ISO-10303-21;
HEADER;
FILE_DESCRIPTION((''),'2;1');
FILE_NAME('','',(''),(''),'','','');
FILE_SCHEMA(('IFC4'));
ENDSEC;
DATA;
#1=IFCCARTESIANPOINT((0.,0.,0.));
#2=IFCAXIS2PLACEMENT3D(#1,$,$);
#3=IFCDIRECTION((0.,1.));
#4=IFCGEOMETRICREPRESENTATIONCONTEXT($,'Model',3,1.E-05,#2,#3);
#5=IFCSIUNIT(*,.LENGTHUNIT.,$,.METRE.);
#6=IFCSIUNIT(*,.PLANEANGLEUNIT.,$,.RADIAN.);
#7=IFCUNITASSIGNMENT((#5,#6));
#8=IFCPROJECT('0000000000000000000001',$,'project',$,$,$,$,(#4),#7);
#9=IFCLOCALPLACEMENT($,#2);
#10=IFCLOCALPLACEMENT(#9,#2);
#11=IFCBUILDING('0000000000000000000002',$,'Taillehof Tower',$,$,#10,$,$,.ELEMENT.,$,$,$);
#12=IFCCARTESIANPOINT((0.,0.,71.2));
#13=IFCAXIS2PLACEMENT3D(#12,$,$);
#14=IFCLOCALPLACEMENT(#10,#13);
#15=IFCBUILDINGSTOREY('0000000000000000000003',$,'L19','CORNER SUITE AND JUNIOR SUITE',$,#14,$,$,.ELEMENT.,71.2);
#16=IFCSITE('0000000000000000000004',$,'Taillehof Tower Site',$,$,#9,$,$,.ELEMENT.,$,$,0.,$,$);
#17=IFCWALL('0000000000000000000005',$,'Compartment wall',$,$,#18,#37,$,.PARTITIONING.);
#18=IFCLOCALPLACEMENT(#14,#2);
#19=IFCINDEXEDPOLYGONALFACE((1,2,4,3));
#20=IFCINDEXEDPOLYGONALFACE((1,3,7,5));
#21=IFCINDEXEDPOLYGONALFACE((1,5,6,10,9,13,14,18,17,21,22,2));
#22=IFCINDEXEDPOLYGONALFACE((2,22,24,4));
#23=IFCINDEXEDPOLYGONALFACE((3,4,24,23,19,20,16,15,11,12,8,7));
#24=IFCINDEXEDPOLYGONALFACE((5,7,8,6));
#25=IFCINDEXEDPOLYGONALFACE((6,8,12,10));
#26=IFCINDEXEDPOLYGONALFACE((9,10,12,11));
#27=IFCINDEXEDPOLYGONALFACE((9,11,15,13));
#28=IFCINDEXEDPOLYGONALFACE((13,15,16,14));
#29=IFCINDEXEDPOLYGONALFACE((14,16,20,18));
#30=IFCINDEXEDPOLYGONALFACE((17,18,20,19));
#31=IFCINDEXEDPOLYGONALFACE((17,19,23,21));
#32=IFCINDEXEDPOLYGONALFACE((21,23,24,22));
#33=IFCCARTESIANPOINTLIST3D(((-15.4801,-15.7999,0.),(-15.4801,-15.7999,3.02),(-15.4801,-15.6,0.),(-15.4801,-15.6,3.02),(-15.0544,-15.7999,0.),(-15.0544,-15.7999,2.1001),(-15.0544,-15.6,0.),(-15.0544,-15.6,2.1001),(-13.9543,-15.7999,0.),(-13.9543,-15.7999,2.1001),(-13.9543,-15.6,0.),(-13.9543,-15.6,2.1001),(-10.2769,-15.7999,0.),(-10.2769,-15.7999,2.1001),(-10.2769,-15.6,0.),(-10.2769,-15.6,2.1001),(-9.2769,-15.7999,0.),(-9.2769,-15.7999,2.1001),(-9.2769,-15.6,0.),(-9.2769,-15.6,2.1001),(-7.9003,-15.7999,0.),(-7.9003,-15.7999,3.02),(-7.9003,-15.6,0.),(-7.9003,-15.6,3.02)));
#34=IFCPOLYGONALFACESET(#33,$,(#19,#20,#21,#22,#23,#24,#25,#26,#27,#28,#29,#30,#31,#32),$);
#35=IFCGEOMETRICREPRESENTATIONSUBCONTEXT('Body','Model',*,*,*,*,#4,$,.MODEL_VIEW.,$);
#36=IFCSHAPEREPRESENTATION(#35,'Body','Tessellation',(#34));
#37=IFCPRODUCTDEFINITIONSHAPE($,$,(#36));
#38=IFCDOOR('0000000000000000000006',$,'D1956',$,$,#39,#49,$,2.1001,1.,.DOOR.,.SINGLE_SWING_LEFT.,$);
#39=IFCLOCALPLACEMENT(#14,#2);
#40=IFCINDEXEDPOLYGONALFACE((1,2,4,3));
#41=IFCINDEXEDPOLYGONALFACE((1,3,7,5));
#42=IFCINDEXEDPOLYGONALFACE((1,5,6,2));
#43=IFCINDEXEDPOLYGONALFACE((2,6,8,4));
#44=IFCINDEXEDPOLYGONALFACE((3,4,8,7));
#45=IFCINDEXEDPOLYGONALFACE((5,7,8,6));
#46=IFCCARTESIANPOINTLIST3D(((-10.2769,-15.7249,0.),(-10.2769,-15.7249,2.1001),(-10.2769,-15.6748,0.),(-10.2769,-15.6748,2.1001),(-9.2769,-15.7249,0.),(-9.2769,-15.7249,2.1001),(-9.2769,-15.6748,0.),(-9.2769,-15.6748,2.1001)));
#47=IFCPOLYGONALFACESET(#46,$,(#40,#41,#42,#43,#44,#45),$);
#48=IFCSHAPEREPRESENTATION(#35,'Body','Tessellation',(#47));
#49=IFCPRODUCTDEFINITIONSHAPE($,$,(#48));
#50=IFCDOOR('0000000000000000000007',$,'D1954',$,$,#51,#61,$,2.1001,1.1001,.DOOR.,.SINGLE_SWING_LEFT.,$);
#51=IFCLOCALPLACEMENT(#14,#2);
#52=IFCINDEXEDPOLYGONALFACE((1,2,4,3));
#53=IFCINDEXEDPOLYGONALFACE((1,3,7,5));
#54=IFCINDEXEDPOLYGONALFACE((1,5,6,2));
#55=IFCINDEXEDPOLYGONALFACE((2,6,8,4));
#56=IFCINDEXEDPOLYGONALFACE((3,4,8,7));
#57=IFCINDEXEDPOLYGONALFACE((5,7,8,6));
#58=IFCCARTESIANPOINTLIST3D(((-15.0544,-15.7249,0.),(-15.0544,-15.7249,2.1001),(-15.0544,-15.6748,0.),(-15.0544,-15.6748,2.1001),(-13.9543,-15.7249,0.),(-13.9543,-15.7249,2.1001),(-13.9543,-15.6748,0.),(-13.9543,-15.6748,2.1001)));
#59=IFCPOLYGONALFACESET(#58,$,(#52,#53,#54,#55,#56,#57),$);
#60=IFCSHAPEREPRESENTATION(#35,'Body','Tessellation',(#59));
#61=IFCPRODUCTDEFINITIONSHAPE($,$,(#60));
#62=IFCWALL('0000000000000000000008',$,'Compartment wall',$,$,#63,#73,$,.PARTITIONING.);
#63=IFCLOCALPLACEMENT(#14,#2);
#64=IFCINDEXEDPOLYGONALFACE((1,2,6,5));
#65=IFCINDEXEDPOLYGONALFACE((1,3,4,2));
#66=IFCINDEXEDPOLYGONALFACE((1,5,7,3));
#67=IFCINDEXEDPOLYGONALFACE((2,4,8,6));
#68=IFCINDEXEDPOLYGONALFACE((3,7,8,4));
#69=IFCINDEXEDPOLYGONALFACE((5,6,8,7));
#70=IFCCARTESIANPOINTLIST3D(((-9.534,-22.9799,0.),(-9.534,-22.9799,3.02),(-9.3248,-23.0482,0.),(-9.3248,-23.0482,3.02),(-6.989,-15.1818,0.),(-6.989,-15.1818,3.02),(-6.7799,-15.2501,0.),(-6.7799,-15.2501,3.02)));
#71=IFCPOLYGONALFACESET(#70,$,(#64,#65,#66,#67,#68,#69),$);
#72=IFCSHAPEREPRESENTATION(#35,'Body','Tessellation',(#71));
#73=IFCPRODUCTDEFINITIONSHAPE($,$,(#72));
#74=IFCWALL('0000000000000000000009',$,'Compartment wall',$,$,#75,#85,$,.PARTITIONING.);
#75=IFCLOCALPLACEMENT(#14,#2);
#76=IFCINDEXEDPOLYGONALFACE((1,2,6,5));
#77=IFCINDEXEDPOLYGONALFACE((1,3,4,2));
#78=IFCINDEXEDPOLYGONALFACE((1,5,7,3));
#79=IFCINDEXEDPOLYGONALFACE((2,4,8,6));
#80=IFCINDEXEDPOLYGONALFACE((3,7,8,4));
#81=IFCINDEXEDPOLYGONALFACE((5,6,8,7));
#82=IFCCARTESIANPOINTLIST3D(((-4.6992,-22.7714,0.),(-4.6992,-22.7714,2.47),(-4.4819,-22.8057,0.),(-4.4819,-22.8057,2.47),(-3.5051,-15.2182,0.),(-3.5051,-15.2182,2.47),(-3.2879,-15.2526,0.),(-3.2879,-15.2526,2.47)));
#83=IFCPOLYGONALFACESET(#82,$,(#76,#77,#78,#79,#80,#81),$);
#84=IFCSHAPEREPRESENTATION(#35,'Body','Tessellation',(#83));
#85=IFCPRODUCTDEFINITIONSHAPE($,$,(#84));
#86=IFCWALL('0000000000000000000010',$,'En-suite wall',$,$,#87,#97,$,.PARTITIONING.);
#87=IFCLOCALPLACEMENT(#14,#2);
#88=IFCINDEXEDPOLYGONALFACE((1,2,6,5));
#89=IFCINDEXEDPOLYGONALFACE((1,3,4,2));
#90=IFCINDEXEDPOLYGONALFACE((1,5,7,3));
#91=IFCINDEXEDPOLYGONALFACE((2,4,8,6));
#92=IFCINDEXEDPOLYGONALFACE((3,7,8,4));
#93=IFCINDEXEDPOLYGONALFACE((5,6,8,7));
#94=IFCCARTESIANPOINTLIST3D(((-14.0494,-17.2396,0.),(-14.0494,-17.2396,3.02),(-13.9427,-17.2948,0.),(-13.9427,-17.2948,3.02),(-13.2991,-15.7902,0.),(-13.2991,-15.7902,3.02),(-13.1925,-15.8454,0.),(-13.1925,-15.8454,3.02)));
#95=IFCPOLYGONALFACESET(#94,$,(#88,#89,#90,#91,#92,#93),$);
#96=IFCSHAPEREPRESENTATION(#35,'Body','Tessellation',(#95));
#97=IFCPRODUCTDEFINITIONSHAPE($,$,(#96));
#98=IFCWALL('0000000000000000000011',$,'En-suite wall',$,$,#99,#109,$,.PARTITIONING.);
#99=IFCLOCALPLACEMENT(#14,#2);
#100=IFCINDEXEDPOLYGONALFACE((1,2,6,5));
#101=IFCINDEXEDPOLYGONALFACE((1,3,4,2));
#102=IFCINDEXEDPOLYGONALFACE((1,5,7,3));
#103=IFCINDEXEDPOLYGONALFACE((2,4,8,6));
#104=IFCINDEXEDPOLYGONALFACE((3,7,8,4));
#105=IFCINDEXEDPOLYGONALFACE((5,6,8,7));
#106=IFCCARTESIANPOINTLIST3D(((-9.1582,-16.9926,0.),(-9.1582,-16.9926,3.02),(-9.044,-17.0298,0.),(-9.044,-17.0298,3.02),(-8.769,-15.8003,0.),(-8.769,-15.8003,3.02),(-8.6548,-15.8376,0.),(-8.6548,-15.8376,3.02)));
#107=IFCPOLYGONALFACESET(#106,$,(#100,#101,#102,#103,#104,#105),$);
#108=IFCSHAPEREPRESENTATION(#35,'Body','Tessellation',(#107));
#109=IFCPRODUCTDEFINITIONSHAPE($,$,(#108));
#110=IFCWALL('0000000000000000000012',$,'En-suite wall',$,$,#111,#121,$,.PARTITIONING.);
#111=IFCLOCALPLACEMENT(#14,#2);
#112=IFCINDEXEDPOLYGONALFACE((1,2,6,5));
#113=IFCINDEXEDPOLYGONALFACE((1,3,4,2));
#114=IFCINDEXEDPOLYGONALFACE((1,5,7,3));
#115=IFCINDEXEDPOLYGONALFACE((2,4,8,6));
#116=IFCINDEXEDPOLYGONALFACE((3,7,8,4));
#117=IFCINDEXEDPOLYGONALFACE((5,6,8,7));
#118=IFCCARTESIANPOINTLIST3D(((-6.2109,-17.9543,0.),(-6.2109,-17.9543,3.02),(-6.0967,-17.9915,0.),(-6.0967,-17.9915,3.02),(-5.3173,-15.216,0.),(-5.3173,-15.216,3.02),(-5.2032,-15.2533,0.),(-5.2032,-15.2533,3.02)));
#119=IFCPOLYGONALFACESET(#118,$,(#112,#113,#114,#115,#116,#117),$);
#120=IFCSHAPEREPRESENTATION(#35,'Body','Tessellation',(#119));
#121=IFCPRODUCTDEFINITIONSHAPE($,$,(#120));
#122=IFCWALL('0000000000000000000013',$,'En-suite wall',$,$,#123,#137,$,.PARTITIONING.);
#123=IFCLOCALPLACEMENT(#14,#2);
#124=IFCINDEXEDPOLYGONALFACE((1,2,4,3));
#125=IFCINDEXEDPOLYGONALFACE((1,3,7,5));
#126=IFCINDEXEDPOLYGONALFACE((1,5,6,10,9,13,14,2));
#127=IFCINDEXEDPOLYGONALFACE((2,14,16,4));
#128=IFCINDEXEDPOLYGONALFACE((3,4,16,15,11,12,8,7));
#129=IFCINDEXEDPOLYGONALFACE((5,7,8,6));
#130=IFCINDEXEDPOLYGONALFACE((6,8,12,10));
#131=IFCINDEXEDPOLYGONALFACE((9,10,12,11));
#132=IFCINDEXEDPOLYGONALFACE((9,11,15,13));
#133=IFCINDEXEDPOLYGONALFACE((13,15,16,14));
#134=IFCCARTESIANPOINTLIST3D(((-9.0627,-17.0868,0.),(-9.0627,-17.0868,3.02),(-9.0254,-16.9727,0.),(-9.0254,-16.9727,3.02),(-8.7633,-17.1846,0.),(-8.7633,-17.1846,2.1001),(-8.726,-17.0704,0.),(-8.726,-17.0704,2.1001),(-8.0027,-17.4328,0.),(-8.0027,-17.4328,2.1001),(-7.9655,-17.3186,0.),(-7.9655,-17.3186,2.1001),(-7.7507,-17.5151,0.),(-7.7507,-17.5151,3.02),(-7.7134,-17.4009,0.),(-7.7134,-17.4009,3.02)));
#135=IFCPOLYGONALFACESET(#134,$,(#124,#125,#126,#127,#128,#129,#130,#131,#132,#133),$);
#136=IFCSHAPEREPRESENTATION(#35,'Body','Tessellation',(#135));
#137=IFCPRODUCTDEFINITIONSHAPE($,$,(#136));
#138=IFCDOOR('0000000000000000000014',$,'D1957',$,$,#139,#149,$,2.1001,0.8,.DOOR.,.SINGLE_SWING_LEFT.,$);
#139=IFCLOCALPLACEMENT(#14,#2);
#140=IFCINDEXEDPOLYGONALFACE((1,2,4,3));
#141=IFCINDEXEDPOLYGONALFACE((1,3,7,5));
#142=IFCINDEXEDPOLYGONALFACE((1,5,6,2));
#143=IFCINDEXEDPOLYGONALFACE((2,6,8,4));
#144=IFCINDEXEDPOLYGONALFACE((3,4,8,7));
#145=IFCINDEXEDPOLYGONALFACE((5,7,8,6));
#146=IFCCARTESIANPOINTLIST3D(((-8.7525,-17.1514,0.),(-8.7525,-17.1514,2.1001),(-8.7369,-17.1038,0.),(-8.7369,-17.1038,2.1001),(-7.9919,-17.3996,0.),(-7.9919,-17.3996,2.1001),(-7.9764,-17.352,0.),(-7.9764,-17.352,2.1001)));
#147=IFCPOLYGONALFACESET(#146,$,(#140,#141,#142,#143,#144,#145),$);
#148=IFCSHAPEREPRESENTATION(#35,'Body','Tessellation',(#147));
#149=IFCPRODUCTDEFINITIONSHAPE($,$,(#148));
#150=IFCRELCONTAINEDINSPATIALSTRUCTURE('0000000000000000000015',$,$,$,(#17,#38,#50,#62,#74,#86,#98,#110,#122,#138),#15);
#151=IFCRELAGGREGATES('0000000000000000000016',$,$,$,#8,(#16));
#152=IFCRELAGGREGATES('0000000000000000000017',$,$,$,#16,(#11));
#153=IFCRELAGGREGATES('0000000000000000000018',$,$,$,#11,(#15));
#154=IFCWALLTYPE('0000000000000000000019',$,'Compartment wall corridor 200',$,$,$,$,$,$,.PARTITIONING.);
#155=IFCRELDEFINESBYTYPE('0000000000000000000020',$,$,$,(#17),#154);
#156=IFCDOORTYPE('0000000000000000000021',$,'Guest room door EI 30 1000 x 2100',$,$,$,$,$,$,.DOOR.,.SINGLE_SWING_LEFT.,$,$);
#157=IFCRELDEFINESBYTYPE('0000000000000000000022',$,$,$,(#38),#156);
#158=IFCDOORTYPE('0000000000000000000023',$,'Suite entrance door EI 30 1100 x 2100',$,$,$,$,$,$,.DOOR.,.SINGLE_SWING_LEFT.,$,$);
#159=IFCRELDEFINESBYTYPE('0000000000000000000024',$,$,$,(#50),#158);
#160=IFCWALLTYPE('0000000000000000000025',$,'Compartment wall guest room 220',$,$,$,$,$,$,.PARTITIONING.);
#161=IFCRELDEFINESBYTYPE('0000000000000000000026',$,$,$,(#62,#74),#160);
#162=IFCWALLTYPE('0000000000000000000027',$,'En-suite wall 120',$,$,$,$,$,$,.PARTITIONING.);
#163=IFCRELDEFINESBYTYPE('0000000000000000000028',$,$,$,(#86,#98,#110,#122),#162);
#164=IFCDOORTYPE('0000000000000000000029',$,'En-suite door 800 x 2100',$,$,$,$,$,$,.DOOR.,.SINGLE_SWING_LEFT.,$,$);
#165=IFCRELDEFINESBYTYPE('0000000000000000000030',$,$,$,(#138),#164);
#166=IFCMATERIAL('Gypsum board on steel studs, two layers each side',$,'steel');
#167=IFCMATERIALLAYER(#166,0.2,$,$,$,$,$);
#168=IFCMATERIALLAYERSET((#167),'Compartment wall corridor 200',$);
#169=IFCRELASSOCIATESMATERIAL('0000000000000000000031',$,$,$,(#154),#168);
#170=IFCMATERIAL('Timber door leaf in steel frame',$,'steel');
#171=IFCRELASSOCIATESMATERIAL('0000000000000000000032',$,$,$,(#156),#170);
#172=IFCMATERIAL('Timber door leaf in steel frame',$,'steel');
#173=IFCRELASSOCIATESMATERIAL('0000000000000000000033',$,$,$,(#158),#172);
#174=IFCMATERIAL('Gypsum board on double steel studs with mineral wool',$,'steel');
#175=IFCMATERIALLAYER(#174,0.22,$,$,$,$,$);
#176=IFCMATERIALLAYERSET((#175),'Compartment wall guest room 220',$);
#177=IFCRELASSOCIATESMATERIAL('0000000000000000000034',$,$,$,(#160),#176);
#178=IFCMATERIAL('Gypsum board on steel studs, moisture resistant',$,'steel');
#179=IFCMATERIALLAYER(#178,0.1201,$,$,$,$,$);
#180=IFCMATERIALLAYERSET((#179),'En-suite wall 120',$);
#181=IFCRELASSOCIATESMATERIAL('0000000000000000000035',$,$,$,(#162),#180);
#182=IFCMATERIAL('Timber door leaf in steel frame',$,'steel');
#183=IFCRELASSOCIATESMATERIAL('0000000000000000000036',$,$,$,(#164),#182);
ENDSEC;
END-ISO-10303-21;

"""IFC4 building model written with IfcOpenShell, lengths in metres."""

from ifc_helpers import new_model, si_unit, direction, frame, frame_2d, origin, place, context, subcontext, project, spatial, rectangle, extrude, material, layer, layer_set, type_object, element, fill, save


model = new_model("IFC4")

# Units and contexts
model_context = context("Model", 3, precision=1e-05, world=origin(), true_north=direction((0.0, 1.0)))
body_context = subcontext(model_context, "Body", "Model", "MODEL_VIEW")
ifc_project = project(units=[si_unit("LENGTHUNIT", "METRE"), si_unit("PLANEANGLEUNIT", "RADIAN")], contexts=[model_context])

# Site, building, storey
site_placement = place(None, origin())
site = spatial("IfcSite", under=ifc_project, at=site_placement, Name="Taillehof Tower Site", CompositionType="ELEMENT", RefElevation=0.0)
building_placement = place(site_placement, origin())
building = spatial("IfcBuilding", under=site, at=building_placement, Name="Taillehof Tower", CompositionType="ELEMENT")
storey_placement = place(building_placement, frame((0.0, 0.0, 71.2)))
storey = spatial("IfcBuildingStorey", under=building, at=storey_placement, Name="L19", Description="CORNER SUITE AND JUNIOR SUITE", CompositionType="ELEMENT", Elevation=71.2)

# Shared definitions
ifc_material_1 = material(Name="Gypsum board on steel studs, two layers each side", Category="steel")
ifc_layer_1 = layer(ifc_material_1, 0.2)
ifc_layer_set_1 = layer_set([ifc_layer_1], Name="Compartment wall corridor 200")
wall_type_1 = type_object("IfcWallType", Name="Compartment wall corridor 200", PredefinedType="PARTITIONING", material=ifc_layer_set_1)

# Wall, openings, doors
wall_1_placement = place(storey_placement, frame((-7.9001, -15.7, 0.0), z_axis=(0.0, 0.0, 1.0), x_axis=(-1.0, 0.0, 0.0)))
wall_1 = element("IfcWall", 1, at=wall_1_placement, inside=storey, type_object=wall_type_1, Name="Compartment wall", PredefinedType="PARTITIONING", context=body_context, shape_type="SweptSolid", body=[
    extrude(rectangle(XDim=7.5798, YDim=0.2, at=frame_2d((3.79, 0.0))), origin(), (0.0, 0.0, 1.0), 3.02),
])
opening_1_placement = place(wall_1_placement, frame((6.0542, 0.0, 0.0)))
opening_1 = element("IfcOpeningElement", 2, at=opening_1_placement, cuts=wall_1, PredefinedType="OPENING", context=body_context, shape_type="SweptSolid", body=[
    extrude(rectangle(XDim=1.1001, YDim=2.1001, at=frame_2d((0.55, 1.05))), frame((0.0, 0.1099, 0.0), z_axis=(0.0, -1.0, 0.0), x_axis=(1.0, 0.0, 0.0)), (0.0, 0.0, 1.0), 0.22),
])
opening_2_placement = place(wall_1_placement, frame((1.3767, 0.0, 0.0)))
opening_2 = element("IfcOpeningElement", 3, at=opening_2_placement, cuts=wall_1, PredefinedType="OPENING", context=body_context, shape_type="SweptSolid", body=[
    extrude(rectangle(XDim=1.0, YDim=2.1001, at=frame_2d((0.5, 1.05))), frame((0.0, 0.1099, 0.0), z_axis=(0.0, -1.0, 0.0), x_axis=(1.0, 0.0, 0.0)), (0.0, 0.0, 1.0), 0.22),
])
ifc_material_2 = material(Name="Timber door leaf in steel frame", Category="steel")
door_type_1 = type_object("IfcDoorType", Name="Guest room door EI 30 1000 x 2100", OperationType="SINGLE_SWING_LEFT", PredefinedType="DOOR", material=ifc_material_2)
door_1_placement = place(opening_2_placement, origin())
door_1 = element("IfcDoor", 4, at=door_1_placement, inside=storey, type_object=door_type_1, Name="D1956", OperationType="SINGLE_SWING_LEFT", OverallHeight=2.1001, OverallWidth=1.0, PredefinedType="DOOR", context=body_context, shape_type="SweptSolid", body=[
    extrude(rectangle(XDim=1.0, YDim=2.1001, at=frame_2d((0.5, 1.05))), frame((0.0, 0.0249, 0.0), z_axis=(0.0, -1.0, 0.0), x_axis=(1.0, 0.0, 0.0)), (0.0, 0.0, 1.0), 0.05),
])
fill(opening_2, door_1)
ifc_material_3 = material(Name="Timber door leaf in steel frame", Category="steel")
door_type_2 = type_object("IfcDoorType", Name="Suite entrance door EI 30 1100 x 2100", OperationType="SINGLE_SWING_LEFT", PredefinedType="DOOR", material=ifc_material_3)
door_2_placement = place(opening_1_placement, origin())
door_2 = element("IfcDoor", 5, at=door_2_placement, inside=storey, type_object=door_type_2, Name="D1954", OperationType="SINGLE_SWING_LEFT", OverallHeight=2.1001, OverallWidth=1.1001, PredefinedType="DOOR", context=body_context, shape_type="SweptSolid", body=[
    extrude(rectangle(XDim=1.1001, YDim=2.1001, at=frame_2d((0.55, 1.05))), frame((0.0, 0.0249, 0.0), z_axis=(0.0, -1.0, 0.0), x_axis=(1.0, 0.0, 0.0)), (0.0, 0.0, 1.0), 0.05),
])
fill(opening_1, door_2)

# Walls
ifc_material_4 = material(Name="Gypsum board on double steel studs with mineral wool", Category="steel")
ifc_layer_2 = layer(ifc_material_4, 0.22)
ifc_layer_set_2 = layer_set([ifc_layer_2], Name="Compartment wall guest room 220")
wall_type_2 = type_object("IfcWallType", Name="Compartment wall guest room 220", PredefinedType="PARTITIONING", material=ifc_layer_set_2)
wall_2_placement = place(storey_placement, frame((-9.4294, -23.0142, 0.0), z_axis=(0.0, 0.0, 1.0), x_axis=(0.310248, 0.950656, 0.0)))
element("IfcWall", 6, at=wall_2_placement, inside=storey, type_object=wall_type_2, Name="Compartment wall", PredefinedType="PARTITIONING", context=body_context, shape_type="SweptSolid", body=[
    extrude(rectangle(XDim=8.2029, YDim=0.22, at=frame_2d((4.1016, 0.0))), origin(), (0.0, 0.0, 1.0), 3.02),
])
wall_3_placement = place(storey_placement, frame((-4.5906, -22.7886, 0.0), z_axis=(0.0, 0.0, 1.0), x_axis=(0.156151, 0.987733, 0.0)))
element("IfcWall", 7, at=wall_3_placement, inside=storey, type_object=wall_type_2, Name="Compartment wall", PredefinedType="PARTITIONING", context=body_context, shape_type="SweptSolid", body=[
    extrude(rectangle(XDim=7.647, YDim=0.22, at=frame_2d((3.8235, 0.0))), origin(), (0.0, 0.0, 1.0), 2.47),
])
ifc_material_5 = material(Name="Gypsum board on steel studs, moisture resistant", Category="steel")
ifc_layer_3 = layer(ifc_material_5, 0.1201)
ifc_layer_set_3 = layer_set([ifc_layer_3], Name="En-suite wall 120")
wall_type_3 = type_object("IfcWallType", Name="En-suite wall 120", PredefinedType="PARTITIONING", material=ifc_layer_set_3)
wall_4_placement = place(storey_placement, frame((-13.2458, -15.8179, 0.0), z_axis=(0.0, 0.0, 1.0), x_axis=(-0.459675, -0.888087, 0.0)))
element("IfcWall", 8, at=wall_4_placement, inside=storey, type_object=wall_type_3, Name="En-suite wall", PredefinedType="PARTITIONING", context=body_context, shape_type="SweptSolid", body=[
    extrude(rectangle(XDim=1.6321, YDim=0.1201, at=frame_2d((0.8159, 0.0))), origin(), (0.0, 0.0, 1.0), 3.02),
])
wall_5_placement = place(storey_placement, frame((-8.7119, -15.8191, 0.0), z_axis=(0.0, 0.0, 1.0), x_axis=(-0.310323, -0.950631, 0.0)))
element("IfcWall", 9, at=wall_5_placement, inside=storey, type_object=wall_type_3, Name="En-suite wall", PredefinedType="PARTITIONING", context=body_context, shape_type="SweptSolid", body=[
    extrude(rectangle(XDim=1.2542, YDim=0.1201, at=frame_2d((0.627, 0.0))), origin(), (0.0, 0.0, 1.0), 3.02),
])
wall_6_placement = place(storey_placement, frame((-5.2603, -15.2346, 0.0), z_axis=(0.0, 0.0, 1.0), x_axis=(-0.31022, -0.950665, 0.0)))
element("IfcWall", 10, at=wall_6_placement, inside=storey, type_object=wall_type_3, Name="En-suite wall", PredefinedType="PARTITIONING", context=body_context, shape_type="SweptSolid", body=[
    extrude(rectangle(XDim=2.8804, YDim=0.1201, at=frame_2d((1.4402, 0.0))), origin(), (0.0, 0.0, 1.0), 3.02),
])

# Wall, opening, door
wall_7_placement = place(storey_placement, frame((-9.0439, -17.0298, 0.0), z_axis=(0.0, 0.0, 1.0), x_axis=(0.950646, -0.310278, 0.0)))
wall_7 = element("IfcWall", 11, at=wall_7_placement, inside=storey, type_object=wall_type_3, Name="En-suite wall", PredefinedType="PARTITIONING", context=body_context, shape_type="SweptSolid", body=[
    extrude(rectangle(XDim=1.3801, YDim=0.1201, at=frame_2d((0.6899, 0.0))), origin(), (0.0, 0.0, 1.0), 3.02),
])
opening_3_placement = place(wall_7_placement, frame((0.3149, 0.0, 0.0)))
opening_3 = element("IfcOpeningElement", 12, at=opening_3_placement, cuts=wall_7, PredefinedType="OPENING", context=body_context, shape_type="SweptSolid", body=[
    extrude(rectangle(XDim=0.8, YDim=2.1001, at=frame_2d((0.3999, 1.05))), frame((0.0, 0.0701, 0.0), z_axis=(0.0, -1.0, 0.0), x_axis=(1.0, 0.0, 0.0)), (0.0, 0.0, 1.0), 0.1401),
])
ifc_material_6 = material(Name="Timber door leaf in steel frame", Category="steel")
door_type_3 = type_object("IfcDoorType", Name="En-suite door 800 x 2100", OperationType="SINGLE_SWING_LEFT", PredefinedType="DOOR", material=ifc_material_6)
door_3_placement = place(opening_3_placement, origin())
door_3 = element("IfcDoor", 13, at=door_3_placement, inside=storey, type_object=door_type_3, Name="D1957", OperationType="SINGLE_SWING_LEFT", OverallHeight=2.1001, OverallWidth=0.8, PredefinedType="DOOR", context=body_context, shape_type="SweptSolid", body=[
    extrude(rectangle(XDim=0.8, YDim=2.1001, at=frame_2d((0.3999, 1.05))), frame((0.0, 0.0249, 0.0), z_axis=(0.0, -1.0, 0.0), x_axis=(1.0, 0.0, 0.0)), (0.0, 0.0, 1.0), 0.05),
])
fill(opening_3, door_3)

save(model, "model.ifc")
